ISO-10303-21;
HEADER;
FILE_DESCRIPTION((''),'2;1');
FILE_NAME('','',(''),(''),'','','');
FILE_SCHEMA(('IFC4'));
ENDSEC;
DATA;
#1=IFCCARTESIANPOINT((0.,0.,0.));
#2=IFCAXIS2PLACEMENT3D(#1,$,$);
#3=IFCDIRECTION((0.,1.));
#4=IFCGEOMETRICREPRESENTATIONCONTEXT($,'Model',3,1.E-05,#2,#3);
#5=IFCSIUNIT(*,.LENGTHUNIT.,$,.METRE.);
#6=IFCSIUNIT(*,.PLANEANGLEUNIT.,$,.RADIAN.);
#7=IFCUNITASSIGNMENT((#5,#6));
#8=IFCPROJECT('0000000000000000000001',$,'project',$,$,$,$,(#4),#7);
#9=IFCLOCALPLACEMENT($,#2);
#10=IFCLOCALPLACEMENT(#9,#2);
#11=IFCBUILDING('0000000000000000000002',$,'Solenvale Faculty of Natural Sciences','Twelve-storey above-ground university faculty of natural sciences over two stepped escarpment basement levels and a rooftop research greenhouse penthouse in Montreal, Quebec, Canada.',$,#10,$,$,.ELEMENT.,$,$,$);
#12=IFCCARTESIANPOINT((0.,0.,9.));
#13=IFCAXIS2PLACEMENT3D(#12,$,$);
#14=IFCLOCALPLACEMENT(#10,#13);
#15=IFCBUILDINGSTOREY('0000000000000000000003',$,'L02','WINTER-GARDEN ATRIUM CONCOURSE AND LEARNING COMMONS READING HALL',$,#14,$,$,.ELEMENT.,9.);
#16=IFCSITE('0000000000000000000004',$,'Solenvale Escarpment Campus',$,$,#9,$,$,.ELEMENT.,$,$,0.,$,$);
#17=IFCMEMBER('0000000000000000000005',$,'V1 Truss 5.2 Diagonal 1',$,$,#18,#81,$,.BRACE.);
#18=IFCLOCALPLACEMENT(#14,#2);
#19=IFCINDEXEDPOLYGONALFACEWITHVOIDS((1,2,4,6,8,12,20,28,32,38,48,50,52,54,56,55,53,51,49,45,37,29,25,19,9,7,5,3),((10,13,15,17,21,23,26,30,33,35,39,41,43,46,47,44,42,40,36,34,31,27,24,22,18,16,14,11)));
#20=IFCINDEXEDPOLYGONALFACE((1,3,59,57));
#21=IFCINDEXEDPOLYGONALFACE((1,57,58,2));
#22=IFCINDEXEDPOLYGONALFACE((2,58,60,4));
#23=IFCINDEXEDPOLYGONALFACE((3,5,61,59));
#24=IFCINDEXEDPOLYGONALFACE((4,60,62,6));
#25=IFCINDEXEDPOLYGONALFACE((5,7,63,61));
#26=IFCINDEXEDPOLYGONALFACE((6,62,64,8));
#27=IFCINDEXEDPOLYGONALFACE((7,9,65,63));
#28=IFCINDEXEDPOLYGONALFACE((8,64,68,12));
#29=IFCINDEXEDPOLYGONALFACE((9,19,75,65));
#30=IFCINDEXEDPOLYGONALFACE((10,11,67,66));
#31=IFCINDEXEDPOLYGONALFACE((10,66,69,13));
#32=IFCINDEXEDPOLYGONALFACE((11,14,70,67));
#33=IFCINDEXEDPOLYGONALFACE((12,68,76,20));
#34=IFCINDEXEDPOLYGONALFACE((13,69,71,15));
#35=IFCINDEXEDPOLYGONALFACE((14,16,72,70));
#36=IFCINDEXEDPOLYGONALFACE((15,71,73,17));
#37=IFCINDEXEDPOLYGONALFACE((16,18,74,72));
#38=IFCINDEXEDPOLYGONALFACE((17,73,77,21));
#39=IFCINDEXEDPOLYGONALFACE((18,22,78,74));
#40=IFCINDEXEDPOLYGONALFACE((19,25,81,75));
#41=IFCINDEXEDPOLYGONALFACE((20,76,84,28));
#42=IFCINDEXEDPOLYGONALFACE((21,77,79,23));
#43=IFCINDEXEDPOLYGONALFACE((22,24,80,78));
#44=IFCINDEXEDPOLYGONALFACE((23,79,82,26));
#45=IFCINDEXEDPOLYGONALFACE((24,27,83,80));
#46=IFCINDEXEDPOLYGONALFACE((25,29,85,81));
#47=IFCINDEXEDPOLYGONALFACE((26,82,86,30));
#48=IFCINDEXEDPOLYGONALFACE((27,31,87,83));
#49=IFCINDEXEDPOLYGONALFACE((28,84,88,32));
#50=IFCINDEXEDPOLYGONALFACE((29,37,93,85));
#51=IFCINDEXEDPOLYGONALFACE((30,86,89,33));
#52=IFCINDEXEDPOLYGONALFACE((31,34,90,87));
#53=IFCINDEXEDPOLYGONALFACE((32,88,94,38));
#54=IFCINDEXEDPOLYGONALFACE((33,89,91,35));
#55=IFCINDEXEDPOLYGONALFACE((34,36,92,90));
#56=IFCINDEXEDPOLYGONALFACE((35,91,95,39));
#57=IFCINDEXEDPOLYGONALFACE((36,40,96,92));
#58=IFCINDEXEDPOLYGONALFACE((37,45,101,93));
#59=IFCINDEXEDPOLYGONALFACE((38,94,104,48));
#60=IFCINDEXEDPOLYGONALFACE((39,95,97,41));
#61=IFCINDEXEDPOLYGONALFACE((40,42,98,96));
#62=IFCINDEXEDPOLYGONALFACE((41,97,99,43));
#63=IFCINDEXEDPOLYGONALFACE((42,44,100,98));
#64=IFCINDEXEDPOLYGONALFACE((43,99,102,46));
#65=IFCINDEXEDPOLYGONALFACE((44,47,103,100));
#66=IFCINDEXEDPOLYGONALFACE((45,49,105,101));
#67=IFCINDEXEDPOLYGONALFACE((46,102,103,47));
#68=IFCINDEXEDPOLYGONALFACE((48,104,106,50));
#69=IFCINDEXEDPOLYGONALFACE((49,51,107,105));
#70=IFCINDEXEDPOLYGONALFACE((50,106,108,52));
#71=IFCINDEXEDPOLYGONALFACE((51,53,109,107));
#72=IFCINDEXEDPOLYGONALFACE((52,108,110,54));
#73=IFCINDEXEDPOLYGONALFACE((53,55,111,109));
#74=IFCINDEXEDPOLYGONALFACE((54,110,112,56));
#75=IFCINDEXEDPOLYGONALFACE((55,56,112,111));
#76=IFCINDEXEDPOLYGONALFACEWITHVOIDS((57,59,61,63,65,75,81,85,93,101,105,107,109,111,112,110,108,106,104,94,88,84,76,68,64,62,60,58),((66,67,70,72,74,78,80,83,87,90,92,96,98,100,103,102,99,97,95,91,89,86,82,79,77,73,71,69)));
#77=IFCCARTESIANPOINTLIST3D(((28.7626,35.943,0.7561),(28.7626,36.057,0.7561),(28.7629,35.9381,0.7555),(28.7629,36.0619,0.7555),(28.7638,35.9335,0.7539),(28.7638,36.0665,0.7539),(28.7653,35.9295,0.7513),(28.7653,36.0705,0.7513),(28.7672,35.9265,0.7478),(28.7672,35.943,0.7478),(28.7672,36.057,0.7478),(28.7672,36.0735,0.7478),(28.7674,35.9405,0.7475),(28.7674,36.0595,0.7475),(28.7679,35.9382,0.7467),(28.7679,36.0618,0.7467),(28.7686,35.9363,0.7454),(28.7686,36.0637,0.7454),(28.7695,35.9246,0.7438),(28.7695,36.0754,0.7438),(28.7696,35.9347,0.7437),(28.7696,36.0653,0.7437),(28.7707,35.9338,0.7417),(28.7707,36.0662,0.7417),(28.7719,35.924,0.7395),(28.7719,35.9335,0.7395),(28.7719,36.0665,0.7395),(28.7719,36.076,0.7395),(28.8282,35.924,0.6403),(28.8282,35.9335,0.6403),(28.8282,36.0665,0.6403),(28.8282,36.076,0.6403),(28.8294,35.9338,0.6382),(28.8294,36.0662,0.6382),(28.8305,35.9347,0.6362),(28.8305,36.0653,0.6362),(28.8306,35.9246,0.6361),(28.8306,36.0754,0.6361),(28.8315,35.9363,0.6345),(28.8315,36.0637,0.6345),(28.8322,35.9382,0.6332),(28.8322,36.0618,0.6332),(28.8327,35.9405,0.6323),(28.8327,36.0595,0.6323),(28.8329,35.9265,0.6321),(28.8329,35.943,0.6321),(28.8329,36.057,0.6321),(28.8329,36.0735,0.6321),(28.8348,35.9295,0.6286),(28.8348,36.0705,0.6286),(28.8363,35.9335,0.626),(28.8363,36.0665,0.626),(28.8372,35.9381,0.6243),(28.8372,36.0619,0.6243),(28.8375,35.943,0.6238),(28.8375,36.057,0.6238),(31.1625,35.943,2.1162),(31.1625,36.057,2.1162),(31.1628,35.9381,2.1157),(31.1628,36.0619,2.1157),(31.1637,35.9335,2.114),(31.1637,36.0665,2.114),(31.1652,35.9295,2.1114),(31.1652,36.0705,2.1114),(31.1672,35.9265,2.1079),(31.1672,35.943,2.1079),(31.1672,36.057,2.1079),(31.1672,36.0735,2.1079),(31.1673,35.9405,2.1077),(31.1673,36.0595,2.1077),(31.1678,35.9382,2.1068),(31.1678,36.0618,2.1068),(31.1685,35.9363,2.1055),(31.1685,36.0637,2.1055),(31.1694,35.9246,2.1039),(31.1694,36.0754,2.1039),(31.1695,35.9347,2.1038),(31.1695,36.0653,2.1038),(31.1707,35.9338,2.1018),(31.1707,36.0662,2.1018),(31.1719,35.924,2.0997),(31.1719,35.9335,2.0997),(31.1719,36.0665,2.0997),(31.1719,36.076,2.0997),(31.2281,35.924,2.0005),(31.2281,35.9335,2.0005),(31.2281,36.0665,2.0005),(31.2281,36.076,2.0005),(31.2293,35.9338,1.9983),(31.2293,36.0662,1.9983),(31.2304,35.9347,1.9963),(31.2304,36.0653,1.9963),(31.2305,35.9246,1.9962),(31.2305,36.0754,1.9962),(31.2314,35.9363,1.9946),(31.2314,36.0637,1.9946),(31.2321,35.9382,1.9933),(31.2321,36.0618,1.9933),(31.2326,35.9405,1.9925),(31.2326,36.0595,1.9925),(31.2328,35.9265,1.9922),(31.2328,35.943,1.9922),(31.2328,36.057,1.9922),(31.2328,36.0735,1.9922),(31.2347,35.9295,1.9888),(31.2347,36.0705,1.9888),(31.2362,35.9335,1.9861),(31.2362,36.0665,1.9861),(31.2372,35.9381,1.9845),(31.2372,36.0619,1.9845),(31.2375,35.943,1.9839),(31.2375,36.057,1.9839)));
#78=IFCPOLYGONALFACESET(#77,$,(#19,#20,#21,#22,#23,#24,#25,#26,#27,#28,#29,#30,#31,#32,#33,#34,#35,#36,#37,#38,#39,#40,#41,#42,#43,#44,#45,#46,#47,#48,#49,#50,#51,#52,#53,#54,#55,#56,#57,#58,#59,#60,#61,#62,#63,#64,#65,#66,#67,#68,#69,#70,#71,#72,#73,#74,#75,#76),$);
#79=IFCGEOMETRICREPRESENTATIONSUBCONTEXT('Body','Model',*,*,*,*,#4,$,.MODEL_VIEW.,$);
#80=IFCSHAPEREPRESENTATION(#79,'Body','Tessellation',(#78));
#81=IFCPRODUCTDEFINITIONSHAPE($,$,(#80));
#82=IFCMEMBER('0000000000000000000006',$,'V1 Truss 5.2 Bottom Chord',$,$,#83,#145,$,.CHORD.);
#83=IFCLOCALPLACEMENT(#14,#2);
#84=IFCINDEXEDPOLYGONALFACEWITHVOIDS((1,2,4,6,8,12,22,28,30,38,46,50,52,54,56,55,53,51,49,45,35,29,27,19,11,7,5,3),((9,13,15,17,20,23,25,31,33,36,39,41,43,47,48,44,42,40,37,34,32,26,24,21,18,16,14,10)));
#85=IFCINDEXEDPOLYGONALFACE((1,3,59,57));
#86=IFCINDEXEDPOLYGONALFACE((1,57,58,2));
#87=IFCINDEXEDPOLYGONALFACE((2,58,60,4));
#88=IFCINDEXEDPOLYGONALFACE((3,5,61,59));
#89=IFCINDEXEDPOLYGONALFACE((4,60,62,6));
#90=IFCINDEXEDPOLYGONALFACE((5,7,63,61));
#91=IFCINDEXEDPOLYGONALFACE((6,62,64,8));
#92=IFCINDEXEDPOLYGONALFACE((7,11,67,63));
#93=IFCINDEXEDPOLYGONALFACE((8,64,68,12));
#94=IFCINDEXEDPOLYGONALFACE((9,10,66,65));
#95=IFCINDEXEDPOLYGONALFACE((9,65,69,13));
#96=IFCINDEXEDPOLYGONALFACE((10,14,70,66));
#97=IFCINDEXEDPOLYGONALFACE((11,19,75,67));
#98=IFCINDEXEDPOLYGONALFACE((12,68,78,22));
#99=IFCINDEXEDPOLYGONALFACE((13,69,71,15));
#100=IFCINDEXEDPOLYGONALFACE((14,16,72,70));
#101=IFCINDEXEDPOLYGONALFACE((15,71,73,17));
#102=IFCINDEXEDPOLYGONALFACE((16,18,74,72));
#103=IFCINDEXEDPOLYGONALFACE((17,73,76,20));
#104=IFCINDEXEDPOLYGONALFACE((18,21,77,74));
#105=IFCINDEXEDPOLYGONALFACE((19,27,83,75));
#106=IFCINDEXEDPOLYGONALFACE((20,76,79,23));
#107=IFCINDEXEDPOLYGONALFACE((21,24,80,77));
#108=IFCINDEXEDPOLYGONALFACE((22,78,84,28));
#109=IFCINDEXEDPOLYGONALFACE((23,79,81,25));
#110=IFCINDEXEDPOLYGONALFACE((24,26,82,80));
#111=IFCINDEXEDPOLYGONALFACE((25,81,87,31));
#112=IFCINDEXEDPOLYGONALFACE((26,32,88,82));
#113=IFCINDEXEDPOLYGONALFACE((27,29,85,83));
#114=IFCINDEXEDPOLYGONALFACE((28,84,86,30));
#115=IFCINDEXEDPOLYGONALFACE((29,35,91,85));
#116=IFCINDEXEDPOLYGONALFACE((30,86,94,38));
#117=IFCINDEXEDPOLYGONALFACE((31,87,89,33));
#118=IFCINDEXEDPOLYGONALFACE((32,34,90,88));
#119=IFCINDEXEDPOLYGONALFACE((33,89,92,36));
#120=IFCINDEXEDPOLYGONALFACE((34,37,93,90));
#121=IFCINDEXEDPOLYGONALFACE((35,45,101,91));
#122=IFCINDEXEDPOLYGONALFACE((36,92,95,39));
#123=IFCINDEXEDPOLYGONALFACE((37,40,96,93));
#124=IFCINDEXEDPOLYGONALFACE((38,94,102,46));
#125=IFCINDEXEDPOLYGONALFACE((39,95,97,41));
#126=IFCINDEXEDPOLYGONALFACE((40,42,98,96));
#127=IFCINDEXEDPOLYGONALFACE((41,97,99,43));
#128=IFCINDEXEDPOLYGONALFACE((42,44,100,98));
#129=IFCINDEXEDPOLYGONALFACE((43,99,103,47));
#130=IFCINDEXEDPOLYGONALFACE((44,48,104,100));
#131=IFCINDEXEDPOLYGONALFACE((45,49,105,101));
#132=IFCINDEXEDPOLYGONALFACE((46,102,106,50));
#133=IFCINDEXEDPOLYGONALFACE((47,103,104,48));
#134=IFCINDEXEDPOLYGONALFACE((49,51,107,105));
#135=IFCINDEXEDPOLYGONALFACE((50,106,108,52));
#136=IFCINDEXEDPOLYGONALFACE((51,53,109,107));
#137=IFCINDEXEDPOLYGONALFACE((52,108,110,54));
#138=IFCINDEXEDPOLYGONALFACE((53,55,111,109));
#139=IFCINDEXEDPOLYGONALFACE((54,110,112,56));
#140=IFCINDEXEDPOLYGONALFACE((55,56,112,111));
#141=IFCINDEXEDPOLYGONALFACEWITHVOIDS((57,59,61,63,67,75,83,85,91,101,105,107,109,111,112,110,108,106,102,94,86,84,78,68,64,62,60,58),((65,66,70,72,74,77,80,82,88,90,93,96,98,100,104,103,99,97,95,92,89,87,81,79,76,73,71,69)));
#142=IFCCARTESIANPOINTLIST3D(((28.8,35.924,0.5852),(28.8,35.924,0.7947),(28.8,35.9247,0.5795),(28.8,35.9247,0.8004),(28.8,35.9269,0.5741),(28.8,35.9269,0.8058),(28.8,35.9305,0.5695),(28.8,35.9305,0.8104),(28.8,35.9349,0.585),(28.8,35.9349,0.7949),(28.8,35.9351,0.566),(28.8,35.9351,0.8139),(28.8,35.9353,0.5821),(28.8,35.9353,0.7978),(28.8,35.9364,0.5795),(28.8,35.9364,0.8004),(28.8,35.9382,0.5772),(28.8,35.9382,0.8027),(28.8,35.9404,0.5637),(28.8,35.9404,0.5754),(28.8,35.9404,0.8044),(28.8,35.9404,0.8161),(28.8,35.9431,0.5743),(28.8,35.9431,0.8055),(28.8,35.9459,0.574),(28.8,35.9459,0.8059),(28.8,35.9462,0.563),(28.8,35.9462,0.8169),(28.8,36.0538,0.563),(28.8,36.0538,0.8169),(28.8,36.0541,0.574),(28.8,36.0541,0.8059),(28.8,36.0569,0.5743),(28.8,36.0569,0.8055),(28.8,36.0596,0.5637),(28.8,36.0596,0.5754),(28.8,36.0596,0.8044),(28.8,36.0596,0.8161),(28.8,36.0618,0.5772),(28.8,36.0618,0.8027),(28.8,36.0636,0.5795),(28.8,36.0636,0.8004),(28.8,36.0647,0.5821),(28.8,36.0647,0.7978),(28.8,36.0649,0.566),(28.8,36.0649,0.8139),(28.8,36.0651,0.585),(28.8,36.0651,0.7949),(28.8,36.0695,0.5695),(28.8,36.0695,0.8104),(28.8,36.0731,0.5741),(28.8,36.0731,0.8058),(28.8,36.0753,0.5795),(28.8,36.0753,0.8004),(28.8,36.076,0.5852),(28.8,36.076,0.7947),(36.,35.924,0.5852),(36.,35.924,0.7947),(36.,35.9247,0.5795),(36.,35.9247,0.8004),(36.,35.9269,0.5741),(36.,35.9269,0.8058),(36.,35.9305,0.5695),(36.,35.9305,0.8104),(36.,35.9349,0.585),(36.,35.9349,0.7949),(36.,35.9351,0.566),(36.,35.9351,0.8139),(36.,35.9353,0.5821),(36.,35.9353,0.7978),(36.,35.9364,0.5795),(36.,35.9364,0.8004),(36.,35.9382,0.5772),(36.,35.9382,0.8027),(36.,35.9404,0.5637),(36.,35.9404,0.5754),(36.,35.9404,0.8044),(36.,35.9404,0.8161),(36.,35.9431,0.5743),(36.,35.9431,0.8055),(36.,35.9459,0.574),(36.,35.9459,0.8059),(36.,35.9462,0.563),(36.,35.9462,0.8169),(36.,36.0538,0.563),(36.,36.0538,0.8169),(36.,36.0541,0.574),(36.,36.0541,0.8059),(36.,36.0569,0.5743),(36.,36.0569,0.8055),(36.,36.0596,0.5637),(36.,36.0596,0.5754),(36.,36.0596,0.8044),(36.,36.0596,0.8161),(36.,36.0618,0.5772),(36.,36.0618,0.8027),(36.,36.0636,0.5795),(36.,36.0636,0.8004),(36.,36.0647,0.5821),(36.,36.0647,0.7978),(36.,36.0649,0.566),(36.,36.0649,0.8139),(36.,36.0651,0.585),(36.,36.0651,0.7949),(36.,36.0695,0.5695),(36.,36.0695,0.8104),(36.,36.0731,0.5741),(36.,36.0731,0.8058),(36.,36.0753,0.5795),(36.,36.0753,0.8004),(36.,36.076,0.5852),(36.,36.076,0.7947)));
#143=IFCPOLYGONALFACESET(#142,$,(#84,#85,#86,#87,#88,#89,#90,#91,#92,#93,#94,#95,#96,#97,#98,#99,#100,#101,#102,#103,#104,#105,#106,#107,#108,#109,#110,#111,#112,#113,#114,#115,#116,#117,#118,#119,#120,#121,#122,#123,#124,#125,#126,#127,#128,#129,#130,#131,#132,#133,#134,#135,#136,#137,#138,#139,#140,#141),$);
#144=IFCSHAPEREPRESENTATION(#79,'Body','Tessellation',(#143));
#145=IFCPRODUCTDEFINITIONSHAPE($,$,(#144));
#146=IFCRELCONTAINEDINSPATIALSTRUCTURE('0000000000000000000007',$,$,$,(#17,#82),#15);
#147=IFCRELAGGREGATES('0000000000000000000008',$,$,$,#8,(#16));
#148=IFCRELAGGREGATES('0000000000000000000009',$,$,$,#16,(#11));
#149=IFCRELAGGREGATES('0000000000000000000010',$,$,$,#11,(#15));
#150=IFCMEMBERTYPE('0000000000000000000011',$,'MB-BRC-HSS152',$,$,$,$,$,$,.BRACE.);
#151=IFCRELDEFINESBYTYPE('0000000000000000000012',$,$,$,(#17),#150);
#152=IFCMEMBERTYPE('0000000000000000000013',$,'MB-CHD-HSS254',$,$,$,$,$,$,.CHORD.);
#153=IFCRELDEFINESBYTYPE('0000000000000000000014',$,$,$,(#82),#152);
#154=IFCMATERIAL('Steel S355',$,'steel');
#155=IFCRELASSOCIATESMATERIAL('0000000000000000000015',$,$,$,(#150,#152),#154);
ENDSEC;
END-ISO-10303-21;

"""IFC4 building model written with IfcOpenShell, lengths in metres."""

from ifc_helpers import new_model, si_unit, direction, frame, origin, origin_2d, place, context, subcontext, project, spatial, hollow_rectangle, extrude, material, material_profile, profile_set, type_object, element, save


model = new_model("IFC4")

# Units and contexts
model_context = context("Model", 3, precision=1e-05, world=origin(), true_north=direction((0.0, 1.0)))
body_context = subcontext(model_context, "Body", "Model", "MODEL_VIEW")
ifc_project = project(units=[si_unit("LENGTHUNIT", "METRE"), si_unit("PLANEANGLEUNIT", "RADIAN")], contexts=[model_context])

# Site, building, storey
site_placement = place(None, origin())
site = spatial("IfcSite", under=ifc_project, at=site_placement, Name="Solenvale Escarpment Campus", CompositionType="ELEMENT", RefElevation=0.0)
building_placement = place(site_placement, origin())
building = spatial("IfcBuilding", under=site, at=building_placement, Name="Solenvale Faculty of Natural Sciences", Description="Twelve-storey above-ground university faculty of natural sciences over two stepped escarpment basement levels and a rooftop research greenhouse penthouse in Montreal, Quebec, Canada.", CompositionType="ELEMENT")
storey_placement = place(building_placement, frame((0.0, 0.0, 9.0)))
storey = spatial("IfcBuildingStorey", under=building, at=storey_placement, Name="L02", Description="WINTER-GARDEN ATRIUM CONCOURSE AND LEARNING COMMONS READING HALL", CompositionType="ELEMENT", Elevation=9.0)

# Shared definitions
ifc_material_1 = material(Name="Steel S355", Category="steel")

# Members
ifc_material_profile_1 = material_profile(ifc_material_1, hollow_rectangle(XDim=0.1521, YDim=0.1521, WallThickness=0.0095, InnerFilletRadius=0.0095, OuterFilletRadius=0.019, at=origin_2d()), Name="HSS152x152x9.5")
ifc_profile_set_1 = profile_set([ifc_material_profile_1], Name="Steel S355")
member_type_1 = type_object("IfcMemberType", Name="MB-BRC-HSS152", PredefinedType="BRACE", material=ifc_profile_set_1)
member_1_placement = place(storey_placement, frame((28.8, 36.0, 0.6899), z_axis=(0.869997, 0.0, 0.493057), x_axis=(0.0, 1.0, 0.0)))
element("IfcMember", 1, at=member_1_placement, inside=storey, type_object=member_type_1, Name="V1 Truss 5.2 Diagonal 1", PredefinedType="BRACE", context=body_context, shape_type="SweptSolid", body=[
    extrude(hollow_rectangle(XDim=0.1521, YDim=0.1521, WallThickness=0.0095, InnerFilletRadius=0.0095, OuterFilletRadius=0.019, at=origin_2d()), origin(), (0.0, 0.0, 1.0), 2.7585),
])
ifc_material_profile_2 = material_profile(ifc_material_1, hollow_rectangle(XDim=0.1521, YDim=0.2539, WallThickness=0.011, InnerFilletRadius=0.011, OuterFilletRadius=0.0222, at=origin_2d()), Name="HSS254x152x11")
ifc_profile_set_2 = profile_set([ifc_material_profile_2], Name="Steel S355")
member_type_2 = type_object("IfcMemberType", Name="MB-CHD-HSS254", PredefinedType="CHORD", material=ifc_profile_set_2)
member_2_placement = place(storey_placement, frame((28.8, 36.0, 0.6899), z_axis=(1.0, 0.0, 0.0), x_axis=(0.0, 1.0, 0.0)))
element("IfcMember", 2, at=member_2_placement, inside=storey, type_object=member_type_2, Name="V1 Truss 5.2 Bottom Chord", PredefinedType="CHORD", context=body_context, shape_type="SweptSolid", body=[
    extrude(hollow_rectangle(XDim=0.1521, YDim=0.2539, WallThickness=0.011, InnerFilletRadius=0.011, OuterFilletRadius=0.0222, at=origin_2d()), origin(), (0.0, 0.0, 1.0), 7.2),
])

save(model, "model.ifc")
